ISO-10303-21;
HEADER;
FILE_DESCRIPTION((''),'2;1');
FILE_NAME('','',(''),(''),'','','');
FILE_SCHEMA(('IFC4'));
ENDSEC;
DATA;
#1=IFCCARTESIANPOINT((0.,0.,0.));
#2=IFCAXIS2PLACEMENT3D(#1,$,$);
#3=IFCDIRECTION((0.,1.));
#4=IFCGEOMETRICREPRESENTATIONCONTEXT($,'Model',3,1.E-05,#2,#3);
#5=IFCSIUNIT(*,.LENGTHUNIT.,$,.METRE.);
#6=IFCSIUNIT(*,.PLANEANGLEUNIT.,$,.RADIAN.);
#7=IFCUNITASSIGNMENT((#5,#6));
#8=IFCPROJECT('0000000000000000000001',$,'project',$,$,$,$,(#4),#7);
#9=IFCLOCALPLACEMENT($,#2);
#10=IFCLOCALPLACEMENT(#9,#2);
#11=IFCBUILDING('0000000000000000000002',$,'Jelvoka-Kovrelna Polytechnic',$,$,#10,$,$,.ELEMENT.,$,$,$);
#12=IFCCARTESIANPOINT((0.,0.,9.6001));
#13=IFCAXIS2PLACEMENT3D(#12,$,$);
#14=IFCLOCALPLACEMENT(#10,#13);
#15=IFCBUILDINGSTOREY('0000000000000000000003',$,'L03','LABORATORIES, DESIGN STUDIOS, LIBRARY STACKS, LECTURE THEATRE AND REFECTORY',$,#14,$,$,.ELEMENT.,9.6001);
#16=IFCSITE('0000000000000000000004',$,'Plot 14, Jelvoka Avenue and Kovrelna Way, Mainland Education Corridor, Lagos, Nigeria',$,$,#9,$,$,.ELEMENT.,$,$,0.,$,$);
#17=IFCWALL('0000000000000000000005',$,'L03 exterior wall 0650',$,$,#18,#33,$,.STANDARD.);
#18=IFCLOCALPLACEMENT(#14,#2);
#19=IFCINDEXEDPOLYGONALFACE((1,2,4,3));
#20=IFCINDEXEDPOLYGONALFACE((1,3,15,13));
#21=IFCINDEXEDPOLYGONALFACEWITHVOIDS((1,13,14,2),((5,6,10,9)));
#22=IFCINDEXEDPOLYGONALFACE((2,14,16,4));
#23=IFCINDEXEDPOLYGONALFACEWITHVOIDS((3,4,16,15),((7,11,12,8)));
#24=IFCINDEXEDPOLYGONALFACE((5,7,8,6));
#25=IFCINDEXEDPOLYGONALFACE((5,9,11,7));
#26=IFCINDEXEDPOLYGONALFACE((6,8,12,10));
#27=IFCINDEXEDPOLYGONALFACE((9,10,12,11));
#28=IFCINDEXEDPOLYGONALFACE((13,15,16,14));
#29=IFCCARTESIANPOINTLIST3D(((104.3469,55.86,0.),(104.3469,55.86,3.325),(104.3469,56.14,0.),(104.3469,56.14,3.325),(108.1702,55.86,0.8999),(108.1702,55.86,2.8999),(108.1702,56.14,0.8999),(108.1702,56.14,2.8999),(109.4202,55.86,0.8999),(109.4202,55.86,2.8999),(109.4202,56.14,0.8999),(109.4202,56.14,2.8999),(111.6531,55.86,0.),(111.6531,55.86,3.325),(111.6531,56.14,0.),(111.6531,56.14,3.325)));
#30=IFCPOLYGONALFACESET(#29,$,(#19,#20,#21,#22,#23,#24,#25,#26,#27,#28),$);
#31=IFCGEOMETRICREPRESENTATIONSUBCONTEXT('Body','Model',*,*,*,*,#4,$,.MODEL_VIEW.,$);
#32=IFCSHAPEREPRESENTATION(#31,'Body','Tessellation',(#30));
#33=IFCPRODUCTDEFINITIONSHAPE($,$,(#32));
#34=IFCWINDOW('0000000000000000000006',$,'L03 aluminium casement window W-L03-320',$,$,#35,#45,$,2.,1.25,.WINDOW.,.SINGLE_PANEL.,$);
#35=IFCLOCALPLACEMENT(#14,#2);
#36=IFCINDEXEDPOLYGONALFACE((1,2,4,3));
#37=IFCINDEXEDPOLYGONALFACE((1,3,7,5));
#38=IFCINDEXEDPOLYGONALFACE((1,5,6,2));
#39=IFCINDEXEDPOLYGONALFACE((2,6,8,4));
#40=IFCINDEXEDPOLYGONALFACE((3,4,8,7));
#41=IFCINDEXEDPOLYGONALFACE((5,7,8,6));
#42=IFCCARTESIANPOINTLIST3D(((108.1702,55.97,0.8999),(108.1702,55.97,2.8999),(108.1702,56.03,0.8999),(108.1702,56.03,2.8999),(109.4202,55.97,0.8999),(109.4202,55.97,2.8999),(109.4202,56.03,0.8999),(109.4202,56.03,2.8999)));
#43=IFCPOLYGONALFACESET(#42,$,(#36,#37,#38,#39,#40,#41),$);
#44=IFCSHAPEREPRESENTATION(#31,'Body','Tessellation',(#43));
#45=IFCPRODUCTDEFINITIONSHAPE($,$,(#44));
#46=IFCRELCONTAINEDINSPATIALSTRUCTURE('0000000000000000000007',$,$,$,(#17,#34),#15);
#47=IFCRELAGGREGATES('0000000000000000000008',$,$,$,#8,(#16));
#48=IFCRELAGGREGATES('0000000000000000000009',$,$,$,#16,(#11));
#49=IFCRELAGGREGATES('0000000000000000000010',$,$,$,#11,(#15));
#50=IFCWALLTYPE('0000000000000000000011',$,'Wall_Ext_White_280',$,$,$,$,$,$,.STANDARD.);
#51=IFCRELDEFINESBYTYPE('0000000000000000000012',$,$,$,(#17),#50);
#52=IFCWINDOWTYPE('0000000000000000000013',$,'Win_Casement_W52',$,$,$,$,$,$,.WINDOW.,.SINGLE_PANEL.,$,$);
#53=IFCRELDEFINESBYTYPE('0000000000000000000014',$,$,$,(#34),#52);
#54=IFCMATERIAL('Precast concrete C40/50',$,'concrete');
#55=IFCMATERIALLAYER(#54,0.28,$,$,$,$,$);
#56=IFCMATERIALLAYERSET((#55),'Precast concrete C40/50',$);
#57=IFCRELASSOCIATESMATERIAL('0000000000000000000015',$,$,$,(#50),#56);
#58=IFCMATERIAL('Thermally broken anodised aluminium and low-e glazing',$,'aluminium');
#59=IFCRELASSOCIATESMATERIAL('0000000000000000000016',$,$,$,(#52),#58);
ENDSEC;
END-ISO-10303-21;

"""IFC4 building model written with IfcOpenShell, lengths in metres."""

from ifc_helpers import new_model, si_unit, direction, frame, frame_2d, origin, place, context, subcontext, project, spatial, rectangle, extrude, material, layer, layer_set, type_object, element, fill, save


model = new_model("IFC4")

# Units and contexts
model_context = context("Model", 3, precision=1e-05, world=origin(), true_north=direction((0.0, 1.0)))
body_context = subcontext(model_context, "Body", "Model", "MODEL_VIEW")
ifc_project = project(units=[si_unit("LENGTHUNIT", "METRE"), si_unit("PLANEANGLEUNIT", "RADIAN")], contexts=[model_context])

# Site, building, storey
site_placement = place(None, origin())
site = spatial("IfcSite", under=ifc_project, at=site_placement, Name="Plot 14, Jelvoka Avenue and Kovrelna Way, Mainland Education Corridor, Lagos, Nigeria", CompositionType="ELEMENT", RefElevation=0.0)
building_placement = place(site_placement, origin())
building = spatial("IfcBuilding", under=site, at=building_placement, Name="Jelvoka-Kovrelna Polytechnic", CompositionType="ELEMENT")
storey_placement = place(building_placement, frame((0.0, 0.0, 9.6001)))
storey = spatial("IfcBuildingStorey", under=building, at=storey_placement, Name="L03", Description="LABORATORIES, DESIGN STUDIOS, LIBRARY STACKS, LECTURE THEATRE AND REFECTORY", CompositionType="ELEMENT", Elevation=9.6001)

# Wall, opening, window
ifc_material_1 = material(Name="Precast concrete C40/50", Category="concrete")
ifc_layer = layer(ifc_material_1, 0.28)
ifc_layer_set = layer_set([ifc_layer], Name="Precast concrete C40/50")
wall_type = type_object("IfcWallType", Name="Wall_Ext_White_280", PredefinedType="STANDARD", material=ifc_layer_set)
wall_1_placement = place(storey_placement, frame((111.6531, 56.0, 0.0), z_axis=(0.0, 0.0, 1.0), x_axis=(-1.0, 0.0, 0.0)))
wall_1 = element("IfcWall", 1, at=wall_1_placement, inside=storey, type_object=wall_type, Name="L03 exterior wall 0650", PredefinedType="STANDARD", context=body_context, shape_type="SweptSolid", body=[
    extrude(rectangle(XDim=7.3062, YDim=0.28, at=frame_2d((3.6531, 0.0))), origin(), (0.0, 0.0, 1.0), 3.325),
])
opening_1_placement = place(wall_1_placement, frame((2.2329, 0.0, 0.8999)))
opening_1 = element("IfcOpeningElement", 2, at=opening_1_placement, cuts=wall_1, PredefinedType="OPENING", context=body_context, shape_type="SweptSolid", body=[
    extrude(rectangle(XDim=1.25, YDim=2.0, at=frame_2d((0.625, 1.0))), frame((0.0, 0.1501, 0.0), z_axis=(0.0, -1.0, 0.0), x_axis=(1.0, 0.0, 0.0)), (0.0, 0.0, 1.0), 0.3),
])
ifc_material_2 = material(Name="Thermally broken anodised aluminium and low-e glazing", Category="aluminium")
window_type_1 = type_object("IfcWindowType", Name="Win_Casement_W52", PartitioningType="SINGLE_PANEL", PredefinedType="WINDOW", material=ifc_material_2)
window_1_placement = place(opening_1_placement, origin())
window_1 = element("IfcWindow", 3, at=window_1_placement, inside=storey, type_object=window_type_1, Name="L03 aluminium casement window W-L03-320", OverallHeight=2.0, OverallWidth=1.25, PartitioningType="SINGLE_PANEL", PredefinedType="WINDOW", context=body_context, shape_type="SweptSolid", body=[
    extrude(rectangle(XDim=1.25, YDim=2.0, at=frame_2d((0.625, 1.0))), frame((0.0, 0.03, 0.0), z_axis=(0.0, -1.0, 0.0), x_axis=(1.0, 0.0, 0.0)), (0.0, 0.0, 1.0), 0.0601),
])
fill(opening_1, window_1)

save(model, "model.ifc")
